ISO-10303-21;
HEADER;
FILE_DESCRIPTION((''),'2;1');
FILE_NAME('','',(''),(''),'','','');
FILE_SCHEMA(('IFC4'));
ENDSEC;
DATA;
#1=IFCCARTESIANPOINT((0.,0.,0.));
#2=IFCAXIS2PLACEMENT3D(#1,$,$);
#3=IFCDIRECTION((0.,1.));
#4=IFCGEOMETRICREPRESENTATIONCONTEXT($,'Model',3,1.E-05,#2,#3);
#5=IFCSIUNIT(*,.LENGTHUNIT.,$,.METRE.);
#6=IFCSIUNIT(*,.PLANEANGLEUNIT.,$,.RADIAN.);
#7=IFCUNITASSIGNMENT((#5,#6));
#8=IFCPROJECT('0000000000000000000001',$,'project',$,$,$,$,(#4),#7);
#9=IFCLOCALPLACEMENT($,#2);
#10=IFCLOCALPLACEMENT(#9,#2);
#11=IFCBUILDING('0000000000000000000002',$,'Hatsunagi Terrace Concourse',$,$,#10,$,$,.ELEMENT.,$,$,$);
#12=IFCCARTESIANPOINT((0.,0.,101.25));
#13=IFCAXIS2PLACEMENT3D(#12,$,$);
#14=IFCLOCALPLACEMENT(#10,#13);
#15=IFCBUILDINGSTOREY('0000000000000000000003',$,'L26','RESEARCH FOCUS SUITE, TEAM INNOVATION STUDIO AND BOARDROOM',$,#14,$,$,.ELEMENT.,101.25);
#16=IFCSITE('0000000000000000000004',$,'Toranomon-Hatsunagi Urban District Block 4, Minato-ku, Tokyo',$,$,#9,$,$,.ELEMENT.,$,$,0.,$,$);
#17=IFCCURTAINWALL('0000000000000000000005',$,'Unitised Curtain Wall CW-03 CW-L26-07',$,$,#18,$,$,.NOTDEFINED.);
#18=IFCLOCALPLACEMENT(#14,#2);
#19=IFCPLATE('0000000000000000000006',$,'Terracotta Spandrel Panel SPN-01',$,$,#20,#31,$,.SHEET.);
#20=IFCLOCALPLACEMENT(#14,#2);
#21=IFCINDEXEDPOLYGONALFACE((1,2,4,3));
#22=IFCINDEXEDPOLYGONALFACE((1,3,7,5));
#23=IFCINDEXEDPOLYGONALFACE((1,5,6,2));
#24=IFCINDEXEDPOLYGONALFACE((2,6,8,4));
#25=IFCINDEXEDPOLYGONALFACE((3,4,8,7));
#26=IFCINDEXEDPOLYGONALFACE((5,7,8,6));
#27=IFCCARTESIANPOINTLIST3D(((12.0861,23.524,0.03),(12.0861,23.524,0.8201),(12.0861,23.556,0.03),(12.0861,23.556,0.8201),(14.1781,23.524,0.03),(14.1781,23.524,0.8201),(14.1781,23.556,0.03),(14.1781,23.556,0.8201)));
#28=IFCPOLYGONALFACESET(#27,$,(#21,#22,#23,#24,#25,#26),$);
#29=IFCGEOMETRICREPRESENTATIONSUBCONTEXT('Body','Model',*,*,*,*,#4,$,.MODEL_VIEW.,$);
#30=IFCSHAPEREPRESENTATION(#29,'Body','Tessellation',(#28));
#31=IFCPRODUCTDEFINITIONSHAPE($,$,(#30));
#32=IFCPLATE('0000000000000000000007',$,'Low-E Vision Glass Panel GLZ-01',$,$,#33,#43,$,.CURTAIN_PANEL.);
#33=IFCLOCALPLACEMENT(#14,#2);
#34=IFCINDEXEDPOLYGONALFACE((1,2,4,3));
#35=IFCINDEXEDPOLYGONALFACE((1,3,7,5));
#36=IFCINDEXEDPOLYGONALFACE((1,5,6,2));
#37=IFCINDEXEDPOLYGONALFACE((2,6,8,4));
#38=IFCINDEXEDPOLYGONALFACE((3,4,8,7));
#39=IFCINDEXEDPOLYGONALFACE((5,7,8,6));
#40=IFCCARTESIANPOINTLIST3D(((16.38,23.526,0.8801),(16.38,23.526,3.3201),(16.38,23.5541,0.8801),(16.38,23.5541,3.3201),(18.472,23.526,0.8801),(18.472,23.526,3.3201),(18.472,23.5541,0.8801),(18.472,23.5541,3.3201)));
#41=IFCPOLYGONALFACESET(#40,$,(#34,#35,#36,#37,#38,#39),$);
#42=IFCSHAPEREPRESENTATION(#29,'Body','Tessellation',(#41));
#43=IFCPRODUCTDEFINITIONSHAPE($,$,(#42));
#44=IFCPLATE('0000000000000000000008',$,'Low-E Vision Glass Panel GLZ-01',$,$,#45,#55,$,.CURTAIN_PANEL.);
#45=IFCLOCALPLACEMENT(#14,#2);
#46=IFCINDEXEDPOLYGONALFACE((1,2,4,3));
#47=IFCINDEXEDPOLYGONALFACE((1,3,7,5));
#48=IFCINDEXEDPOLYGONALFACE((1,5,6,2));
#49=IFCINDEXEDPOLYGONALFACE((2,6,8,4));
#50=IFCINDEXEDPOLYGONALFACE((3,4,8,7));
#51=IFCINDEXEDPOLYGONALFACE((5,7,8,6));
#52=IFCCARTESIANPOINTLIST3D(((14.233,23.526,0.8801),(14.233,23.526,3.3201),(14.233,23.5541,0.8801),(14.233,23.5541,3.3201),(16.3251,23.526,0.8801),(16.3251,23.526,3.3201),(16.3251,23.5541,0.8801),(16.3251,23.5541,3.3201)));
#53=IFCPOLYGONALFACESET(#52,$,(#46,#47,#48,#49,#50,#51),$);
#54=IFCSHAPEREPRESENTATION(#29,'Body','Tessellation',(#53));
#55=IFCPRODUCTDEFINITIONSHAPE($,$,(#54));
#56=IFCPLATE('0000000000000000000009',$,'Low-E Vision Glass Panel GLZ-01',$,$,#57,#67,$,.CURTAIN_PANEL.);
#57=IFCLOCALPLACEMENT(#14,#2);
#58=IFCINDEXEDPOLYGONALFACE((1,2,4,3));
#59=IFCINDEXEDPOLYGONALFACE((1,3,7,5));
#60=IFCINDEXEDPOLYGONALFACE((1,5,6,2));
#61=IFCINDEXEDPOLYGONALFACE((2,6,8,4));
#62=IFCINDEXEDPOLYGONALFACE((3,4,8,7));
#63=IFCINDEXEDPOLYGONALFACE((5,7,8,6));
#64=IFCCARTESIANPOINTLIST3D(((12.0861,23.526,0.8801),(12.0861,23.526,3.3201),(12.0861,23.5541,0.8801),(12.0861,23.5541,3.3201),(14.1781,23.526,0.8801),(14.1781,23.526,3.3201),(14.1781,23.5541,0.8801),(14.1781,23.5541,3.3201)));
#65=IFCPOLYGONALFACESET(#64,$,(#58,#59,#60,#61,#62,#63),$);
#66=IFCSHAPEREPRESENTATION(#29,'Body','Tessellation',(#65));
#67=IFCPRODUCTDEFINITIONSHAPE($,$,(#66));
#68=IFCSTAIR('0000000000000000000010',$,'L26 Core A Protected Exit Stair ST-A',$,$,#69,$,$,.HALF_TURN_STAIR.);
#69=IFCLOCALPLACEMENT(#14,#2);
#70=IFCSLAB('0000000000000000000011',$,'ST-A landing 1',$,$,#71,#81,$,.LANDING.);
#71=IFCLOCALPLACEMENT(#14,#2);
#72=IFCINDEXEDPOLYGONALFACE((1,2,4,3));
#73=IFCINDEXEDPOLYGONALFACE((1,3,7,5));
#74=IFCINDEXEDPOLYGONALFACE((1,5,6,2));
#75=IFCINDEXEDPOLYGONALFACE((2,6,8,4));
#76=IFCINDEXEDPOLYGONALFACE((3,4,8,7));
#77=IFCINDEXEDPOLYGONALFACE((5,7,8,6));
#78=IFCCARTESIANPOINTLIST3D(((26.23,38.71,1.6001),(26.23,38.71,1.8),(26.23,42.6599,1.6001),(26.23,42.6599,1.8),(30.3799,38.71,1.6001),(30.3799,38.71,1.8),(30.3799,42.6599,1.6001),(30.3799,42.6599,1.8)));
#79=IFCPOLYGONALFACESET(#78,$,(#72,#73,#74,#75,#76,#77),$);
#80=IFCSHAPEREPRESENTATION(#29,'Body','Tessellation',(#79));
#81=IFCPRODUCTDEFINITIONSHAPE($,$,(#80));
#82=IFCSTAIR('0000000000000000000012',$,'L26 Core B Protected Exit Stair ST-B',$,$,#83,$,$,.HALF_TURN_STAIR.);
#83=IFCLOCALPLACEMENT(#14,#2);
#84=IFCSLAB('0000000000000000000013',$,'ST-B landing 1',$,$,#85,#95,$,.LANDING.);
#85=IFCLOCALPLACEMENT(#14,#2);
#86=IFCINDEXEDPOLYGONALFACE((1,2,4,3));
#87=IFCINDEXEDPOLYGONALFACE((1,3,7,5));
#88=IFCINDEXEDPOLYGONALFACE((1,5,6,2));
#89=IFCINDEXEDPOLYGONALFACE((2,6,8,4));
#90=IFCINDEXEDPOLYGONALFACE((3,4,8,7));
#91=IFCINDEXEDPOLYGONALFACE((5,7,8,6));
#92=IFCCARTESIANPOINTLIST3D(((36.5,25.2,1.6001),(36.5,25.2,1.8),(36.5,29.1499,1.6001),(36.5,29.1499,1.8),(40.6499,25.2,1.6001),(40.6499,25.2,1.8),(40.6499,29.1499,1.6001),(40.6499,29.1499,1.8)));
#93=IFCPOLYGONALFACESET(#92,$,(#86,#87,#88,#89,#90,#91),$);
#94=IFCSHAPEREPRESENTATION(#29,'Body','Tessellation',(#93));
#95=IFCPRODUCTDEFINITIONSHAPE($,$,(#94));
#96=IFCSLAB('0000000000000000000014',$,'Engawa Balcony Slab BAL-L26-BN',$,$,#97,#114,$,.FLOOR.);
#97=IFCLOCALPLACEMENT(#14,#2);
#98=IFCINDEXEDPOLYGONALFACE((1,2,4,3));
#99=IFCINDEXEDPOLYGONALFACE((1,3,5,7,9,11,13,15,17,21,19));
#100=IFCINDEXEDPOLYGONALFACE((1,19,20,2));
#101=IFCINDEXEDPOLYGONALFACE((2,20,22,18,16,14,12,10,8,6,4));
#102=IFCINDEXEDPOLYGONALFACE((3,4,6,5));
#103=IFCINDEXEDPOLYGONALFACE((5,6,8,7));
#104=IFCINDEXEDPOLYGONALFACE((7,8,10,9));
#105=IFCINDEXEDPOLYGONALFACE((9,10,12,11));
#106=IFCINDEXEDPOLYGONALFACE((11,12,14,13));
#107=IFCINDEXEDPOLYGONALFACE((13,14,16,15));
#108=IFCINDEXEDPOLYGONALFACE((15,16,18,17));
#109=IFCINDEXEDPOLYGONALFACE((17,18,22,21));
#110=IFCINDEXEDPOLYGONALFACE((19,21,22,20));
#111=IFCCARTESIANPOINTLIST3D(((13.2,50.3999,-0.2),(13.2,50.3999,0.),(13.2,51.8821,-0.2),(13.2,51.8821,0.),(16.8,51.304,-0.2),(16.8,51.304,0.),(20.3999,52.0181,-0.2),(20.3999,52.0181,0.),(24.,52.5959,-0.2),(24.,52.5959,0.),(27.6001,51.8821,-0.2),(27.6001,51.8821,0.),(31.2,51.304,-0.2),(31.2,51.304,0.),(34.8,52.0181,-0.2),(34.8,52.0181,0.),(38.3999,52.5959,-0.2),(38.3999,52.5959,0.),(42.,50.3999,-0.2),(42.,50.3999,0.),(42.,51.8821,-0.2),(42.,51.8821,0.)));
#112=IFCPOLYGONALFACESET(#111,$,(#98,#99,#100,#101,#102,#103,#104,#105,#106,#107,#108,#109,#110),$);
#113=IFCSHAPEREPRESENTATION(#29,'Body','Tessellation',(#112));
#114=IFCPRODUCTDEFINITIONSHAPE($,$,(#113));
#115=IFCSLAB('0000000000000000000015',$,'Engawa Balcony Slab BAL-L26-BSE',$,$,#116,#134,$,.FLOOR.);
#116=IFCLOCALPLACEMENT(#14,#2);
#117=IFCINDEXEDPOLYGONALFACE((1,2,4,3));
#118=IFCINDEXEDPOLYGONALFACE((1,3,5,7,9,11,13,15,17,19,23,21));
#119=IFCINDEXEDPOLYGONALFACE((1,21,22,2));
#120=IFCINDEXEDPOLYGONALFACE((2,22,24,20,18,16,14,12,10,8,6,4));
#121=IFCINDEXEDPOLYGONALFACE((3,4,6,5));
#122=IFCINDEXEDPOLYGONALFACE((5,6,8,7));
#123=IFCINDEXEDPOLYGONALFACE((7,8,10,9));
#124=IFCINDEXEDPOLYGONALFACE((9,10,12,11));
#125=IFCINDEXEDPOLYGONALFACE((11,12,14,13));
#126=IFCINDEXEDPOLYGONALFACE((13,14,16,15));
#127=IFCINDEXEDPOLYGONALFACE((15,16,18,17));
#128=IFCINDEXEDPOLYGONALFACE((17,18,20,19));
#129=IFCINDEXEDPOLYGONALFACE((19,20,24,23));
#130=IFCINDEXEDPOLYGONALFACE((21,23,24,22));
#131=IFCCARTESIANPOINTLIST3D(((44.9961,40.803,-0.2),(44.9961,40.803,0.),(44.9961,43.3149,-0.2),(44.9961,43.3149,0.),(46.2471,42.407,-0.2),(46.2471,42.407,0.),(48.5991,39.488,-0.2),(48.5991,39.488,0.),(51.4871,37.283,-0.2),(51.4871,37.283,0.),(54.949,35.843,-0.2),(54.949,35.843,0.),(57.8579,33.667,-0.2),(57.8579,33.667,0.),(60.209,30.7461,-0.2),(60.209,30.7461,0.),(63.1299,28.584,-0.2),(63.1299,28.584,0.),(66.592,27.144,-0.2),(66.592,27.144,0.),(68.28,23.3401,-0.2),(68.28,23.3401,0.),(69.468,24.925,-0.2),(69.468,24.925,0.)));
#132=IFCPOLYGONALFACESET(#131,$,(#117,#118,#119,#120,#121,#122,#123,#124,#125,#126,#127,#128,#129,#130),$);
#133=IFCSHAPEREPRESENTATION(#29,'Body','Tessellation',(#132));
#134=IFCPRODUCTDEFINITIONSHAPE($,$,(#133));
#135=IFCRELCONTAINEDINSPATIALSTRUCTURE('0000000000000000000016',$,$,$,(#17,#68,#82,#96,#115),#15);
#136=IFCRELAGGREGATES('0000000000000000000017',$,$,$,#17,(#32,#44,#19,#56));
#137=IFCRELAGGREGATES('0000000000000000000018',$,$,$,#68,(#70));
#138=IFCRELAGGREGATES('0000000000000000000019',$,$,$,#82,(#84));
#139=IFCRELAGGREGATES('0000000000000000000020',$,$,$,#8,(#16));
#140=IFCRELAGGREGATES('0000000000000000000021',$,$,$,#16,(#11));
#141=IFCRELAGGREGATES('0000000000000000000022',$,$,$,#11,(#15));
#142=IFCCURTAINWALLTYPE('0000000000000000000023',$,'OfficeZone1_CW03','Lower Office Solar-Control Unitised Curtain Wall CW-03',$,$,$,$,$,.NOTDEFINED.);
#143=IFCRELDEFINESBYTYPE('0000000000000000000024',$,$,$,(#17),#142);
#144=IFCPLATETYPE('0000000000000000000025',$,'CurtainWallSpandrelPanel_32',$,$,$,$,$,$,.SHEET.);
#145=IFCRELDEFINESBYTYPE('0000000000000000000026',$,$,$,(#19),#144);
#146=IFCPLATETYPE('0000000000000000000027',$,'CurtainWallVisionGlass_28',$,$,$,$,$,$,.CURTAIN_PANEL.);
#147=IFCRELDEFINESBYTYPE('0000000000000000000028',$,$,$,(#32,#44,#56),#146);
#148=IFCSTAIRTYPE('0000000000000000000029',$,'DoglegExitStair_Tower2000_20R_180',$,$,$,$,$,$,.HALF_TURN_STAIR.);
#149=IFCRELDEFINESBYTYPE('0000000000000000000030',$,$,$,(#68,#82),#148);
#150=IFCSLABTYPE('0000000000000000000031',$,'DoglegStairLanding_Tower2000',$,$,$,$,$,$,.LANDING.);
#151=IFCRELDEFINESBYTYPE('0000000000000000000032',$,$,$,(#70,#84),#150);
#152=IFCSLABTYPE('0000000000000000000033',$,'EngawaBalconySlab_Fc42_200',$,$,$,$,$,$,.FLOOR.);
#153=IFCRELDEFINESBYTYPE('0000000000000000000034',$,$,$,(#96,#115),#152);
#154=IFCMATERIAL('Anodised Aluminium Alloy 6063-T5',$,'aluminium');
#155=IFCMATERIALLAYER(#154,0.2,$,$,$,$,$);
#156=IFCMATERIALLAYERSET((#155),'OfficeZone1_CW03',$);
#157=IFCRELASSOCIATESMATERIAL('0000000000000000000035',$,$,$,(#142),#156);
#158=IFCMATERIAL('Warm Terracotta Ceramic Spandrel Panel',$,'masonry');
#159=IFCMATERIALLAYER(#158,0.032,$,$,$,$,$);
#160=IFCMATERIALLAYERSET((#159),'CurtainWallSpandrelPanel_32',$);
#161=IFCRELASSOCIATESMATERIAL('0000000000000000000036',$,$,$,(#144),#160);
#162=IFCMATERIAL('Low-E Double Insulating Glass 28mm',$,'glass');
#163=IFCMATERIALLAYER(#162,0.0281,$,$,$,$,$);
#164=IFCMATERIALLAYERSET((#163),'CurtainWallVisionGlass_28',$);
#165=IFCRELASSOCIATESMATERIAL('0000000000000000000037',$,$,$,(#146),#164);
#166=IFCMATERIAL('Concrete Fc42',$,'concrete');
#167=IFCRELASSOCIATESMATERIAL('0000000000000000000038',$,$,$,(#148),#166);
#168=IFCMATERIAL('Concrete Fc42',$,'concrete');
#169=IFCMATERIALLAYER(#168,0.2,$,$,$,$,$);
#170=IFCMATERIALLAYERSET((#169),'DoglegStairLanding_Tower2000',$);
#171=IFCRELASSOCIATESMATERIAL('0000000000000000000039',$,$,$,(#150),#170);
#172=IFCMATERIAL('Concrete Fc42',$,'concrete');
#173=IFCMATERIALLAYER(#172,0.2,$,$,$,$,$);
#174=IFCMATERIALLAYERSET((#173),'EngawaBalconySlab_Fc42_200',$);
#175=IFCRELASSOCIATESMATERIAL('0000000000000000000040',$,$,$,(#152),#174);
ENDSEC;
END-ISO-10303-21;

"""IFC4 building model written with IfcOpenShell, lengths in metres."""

from ifc_helpers import new_model, si_unit, direction, frame, origin, origin_2d, place, context, subcontext, project, spatial, polyline, rectangle, outline, extrude, material, layer, layer_set, type_object, element, aggregate, save


model = new_model("IFC4")

# Units and contexts
model_context = context("Model", 3, precision=1e-05, world=origin(), true_north=direction((0.0, 1.0)))
body_context = subcontext(model_context, "Body", "Model", "MODEL_VIEW")
ifc_project = project(units=[si_unit("LENGTHUNIT", "METRE"), si_unit("PLANEANGLEUNIT", "RADIAN")], contexts=[model_context])

# Site, building, storey
site_placement = place(None, origin())
site = spatial("IfcSite", under=ifc_project, at=site_placement, Name="Toranomon-Hatsunagi Urban District Block 4, Minato-ku, Tokyo", CompositionType="ELEMENT", RefElevation=0.0)
building_placement = place(site_placement, origin())
building = spatial("IfcBuilding", under=site, at=building_placement, Name="Hatsunagi Terrace Concourse", CompositionType="ELEMENT")
storey_placement = place(building_placement, frame((0.0, 0.0, 101.25)))
storey = spatial("IfcBuildingStorey", under=building, at=storey_placement, Name="L26", Description="RESEARCH FOCUS SUITE, TEAM INNOVATION STUDIO AND BOARDROOM", CompositionType="ELEMENT", Elevation=101.25)

# Curtain wall
ifc_material_1 = material(Name="Anodised Aluminium Alloy 6063-T5", Category="aluminium")
ifc_layer_1 = layer(ifc_material_1, 0.2)
ifc_layer_set_1 = layer_set([ifc_layer_1], Name="OfficeZone1_CW03")
curtain_wall_type = type_object("IfcCurtainWallType", Name="OfficeZone1_CW03", Description="Lower Office Solar-Control Unitised Curtain Wall CW-03", PredefinedType="NOTDEFINED", material=ifc_layer_set_1)
curtain_wall_placement = place(storey_placement, origin())
curtain_wall = element("IfcCurtainWall", 1, at=curtain_wall_placement, inside=storey, type_object=curtain_wall_type, Name="Unitised Curtain Wall CW-03 CW-L26-07", PredefinedType="NOTDEFINED")

# Plates
ifc_material_2 = material(Name="Warm Terracotta Ceramic Spandrel Panel", Category="masonry")
ifc_layer_2 = layer(ifc_material_2, 0.032)
ifc_layer_set_2 = layer_set([ifc_layer_2], Name="CurtainWallSpandrelPanel_32")
plate_type_1 = type_object("IfcPlateType", Name="CurtainWallSpandrelPanel_32", PredefinedType="SHEET", material=ifc_layer_set_2)
plate_1_placement = place(storey_placement, frame((13.1321, 23.54, 0.03), z_axis=(0.0, 0.0, 1.0), x_axis=(-1.0, 0.0, 0.0)))
plate_1 = element("IfcPlate", 2, at=plate_1_placement, type_object=plate_type_1, Name="Terracotta Spandrel Panel SPN-01", PredefinedType="SHEET", context=body_context, shape_type="SweptSolid", body=[
    extrude(rectangle(XDim=2.092, YDim=0.032, at=origin_2d()), origin(), (0.0, 0.0, 1.0), 0.79),
])
ifc_material_3 = material(Name="Low-E Double Insulating Glass 28mm", Category="glass")
ifc_layer_3 = layer(ifc_material_3, 0.0281)
ifc_layer_set_3 = layer_set([ifc_layer_3], Name="CurtainWallVisionGlass_28")
plate_type_2 = type_object("IfcPlateType", Name="CurtainWallVisionGlass_28", PredefinedType="CURTAIN_PANEL", material=ifc_layer_set_3)
plate_2_placement = place(storey_placement, frame((17.426, 23.54, 0.8801), z_axis=(0.0, 0.0, 1.0), x_axis=(-1.0, 0.0, 0.0)))
plate_2 = element("IfcPlate", 3, at=plate_2_placement, type_object=plate_type_2, Name="Low-E Vision Glass Panel GLZ-01", PredefinedType="CURTAIN_PANEL", context=body_context, shape_type="SweptSolid", body=[
    extrude(rectangle(XDim=2.092, YDim=0.0281, at=origin_2d()), origin(), (0.0, 0.0, 1.0), 2.4399),
])
plate_3_placement = place(storey_placement, frame((15.2791, 23.54, 0.8801), z_axis=(0.0, 0.0, 1.0), x_axis=(-1.0, 0.0, 0.0)))
plate_3 = element("IfcPlate", 4, at=plate_3_placement, type_object=plate_type_2, Name="Low-E Vision Glass Panel GLZ-01", PredefinedType="CURTAIN_PANEL", context=body_context, shape_type="SweptSolid", body=[
    extrude(rectangle(XDim=2.092, YDim=0.0281, at=origin_2d()), origin(), (0.0, 0.0, 1.0), 2.4399),
])
plate_4_placement = place(storey_placement, frame((13.1321, 23.54, 0.8801), z_axis=(0.0, 0.0, 1.0), x_axis=(-1.0, 0.0, 0.0)))
plate_4 = element("IfcPlate", 5, at=plate_4_placement, type_object=plate_type_2, Name="Low-E Vision Glass Panel GLZ-01", PredefinedType="CURTAIN_PANEL", context=body_context, shape_type="SweptSolid", body=[
    extrude(rectangle(XDim=2.092, YDim=0.0281, at=origin_2d()), origin(), (0.0, 0.0, 1.0), 2.4399),
])
aggregate(curtain_wall, [plate_2, plate_3, plate_1, plate_4])

# Stairs, slabs
ifc_material_4 = material(Name="Concrete Fc42", Category="concrete")
stair_type = type_object("IfcStairType", Name="DoglegExitStair_Tower2000_20R_180", PredefinedType="HALF_TURN_STAIR", material=ifc_material_4)
stair_1_placement = place(storey_placement, origin())
stair_1 = element("IfcStair", 6, at=stair_1_placement, inside=storey, type_object=stair_type, Name="L26 Core A Protected Exit Stair ST-A", PredefinedType="HALF_TURN_STAIR")
ifc_material_5 = material(Name="Concrete Fc42", Category="concrete")
ifc_layer_4 = layer(ifc_material_5, 0.2)
ifc_layer_set_4 = layer_set([ifc_layer_4], Name="DoglegStairLanding_Tower2000")
slab_type_1 = type_object("IfcSlabType", Name="DoglegStairLanding_Tower2000", PredefinedType="LANDING", material=ifc_layer_set_4)
slab_1_placement = place(storey_placement, frame((0.0, 0.0, 1.6001)))
slab_1 = element("IfcSlab", 7, at=slab_1_placement, type_object=slab_type_1, Name="ST-A landing 1", PredefinedType="LANDING", context=body_context, shape_type="SweptSolid", body=[
    extrude(outline(polyline([(30.3799, 38.71), (30.3799, 42.6599), (26.23, 42.6599), (26.23, 38.71), (30.3799, 38.71)])), origin(), (0.0, 0.0, 1.0), 0.2),
])
aggregate(stair_1, [slab_1])
stair_2_placement = place(storey_placement, origin())
stair_2 = element("IfcStair", 8, at=stair_2_placement, inside=storey, type_object=stair_type, Name="L26 Core B Protected Exit Stair ST-B", PredefinedType="HALF_TURN_STAIR")
slab_2_placement = place(storey_placement, frame((0.0, 0.0, 1.6001)))
slab_2 = element("IfcSlab", 9, at=slab_2_placement, type_object=slab_type_1, Name="ST-B landing 1", PredefinedType="LANDING", context=body_context, shape_type="SweptSolid", body=[
    extrude(outline(polyline([(36.5, 29.1499), (36.5, 25.2), (40.6499, 25.2), (40.6499, 29.1499), (36.5, 29.1499)])), origin(), (0.0, 0.0, 1.0), 0.2),
])
aggregate(stair_2, [slab_2])

# Slabs
ifc_material_6 = material(Name="Concrete Fc42", Category="concrete")
ifc_layer_5 = layer(ifc_material_6, 0.2)
ifc_layer_set_5 = layer_set([ifc_layer_5], Name="EngawaBalconySlab_Fc42_200")
slab_type_2 = type_object("IfcSlabType", Name="EngawaBalconySlab_Fc42_200", PredefinedType="FLOOR", material=ifc_layer_set_5)
slab_3_placement = place(storey_placement, frame((0.0, 0.0, -0.2)))
element("IfcSlab", 10, at=slab_3_placement, inside=storey, type_object=slab_type_2, Name="Engawa Balcony Slab BAL-L26-BN", PredefinedType="FLOOR", context=body_context, shape_type="SweptSolid", body=[
    extrude(outline(polyline([(13.2, 51.8821), (13.2, 50.3999), (42.0, 50.3999), (42.0, 51.8821), (38.3999, 52.5959), (34.8, 52.0181), (31.2, 51.304), (27.6001, 51.8821), (24.0, 52.5959), (20.3999, 52.0181), (16.8, 51.304), (13.2, 51.8821)])), origin(), (0.0, 0.0, 1.0), 0.2),
])
slab_4_placement = place(storey_placement, frame((0.0, 0.0, -0.2)))
element("IfcSlab", 11, at=slab_4_placement, inside=storey, type_object=slab_type_2, Name="Engawa Balcony Slab BAL-L26-BSE", PredefinedType="FLOOR", context=body_context, shape_type="SweptSolid", body=[
    extrude(outline(polyline([(46.2471, 42.407), (44.9961, 43.3149), (44.9961, 40.803), (68.28, 23.3401), (69.468, 24.925), (66.592, 27.144), (63.1299, 28.584), (60.209, 30.7461), (57.8579, 33.667), (54.949, 35.843), (51.4871, 37.283), (48.5991, 39.488), (46.2471, 42.407)])), origin(), (0.0, 0.0, 1.0), 0.2),
])

save(model, "model.ifc")
